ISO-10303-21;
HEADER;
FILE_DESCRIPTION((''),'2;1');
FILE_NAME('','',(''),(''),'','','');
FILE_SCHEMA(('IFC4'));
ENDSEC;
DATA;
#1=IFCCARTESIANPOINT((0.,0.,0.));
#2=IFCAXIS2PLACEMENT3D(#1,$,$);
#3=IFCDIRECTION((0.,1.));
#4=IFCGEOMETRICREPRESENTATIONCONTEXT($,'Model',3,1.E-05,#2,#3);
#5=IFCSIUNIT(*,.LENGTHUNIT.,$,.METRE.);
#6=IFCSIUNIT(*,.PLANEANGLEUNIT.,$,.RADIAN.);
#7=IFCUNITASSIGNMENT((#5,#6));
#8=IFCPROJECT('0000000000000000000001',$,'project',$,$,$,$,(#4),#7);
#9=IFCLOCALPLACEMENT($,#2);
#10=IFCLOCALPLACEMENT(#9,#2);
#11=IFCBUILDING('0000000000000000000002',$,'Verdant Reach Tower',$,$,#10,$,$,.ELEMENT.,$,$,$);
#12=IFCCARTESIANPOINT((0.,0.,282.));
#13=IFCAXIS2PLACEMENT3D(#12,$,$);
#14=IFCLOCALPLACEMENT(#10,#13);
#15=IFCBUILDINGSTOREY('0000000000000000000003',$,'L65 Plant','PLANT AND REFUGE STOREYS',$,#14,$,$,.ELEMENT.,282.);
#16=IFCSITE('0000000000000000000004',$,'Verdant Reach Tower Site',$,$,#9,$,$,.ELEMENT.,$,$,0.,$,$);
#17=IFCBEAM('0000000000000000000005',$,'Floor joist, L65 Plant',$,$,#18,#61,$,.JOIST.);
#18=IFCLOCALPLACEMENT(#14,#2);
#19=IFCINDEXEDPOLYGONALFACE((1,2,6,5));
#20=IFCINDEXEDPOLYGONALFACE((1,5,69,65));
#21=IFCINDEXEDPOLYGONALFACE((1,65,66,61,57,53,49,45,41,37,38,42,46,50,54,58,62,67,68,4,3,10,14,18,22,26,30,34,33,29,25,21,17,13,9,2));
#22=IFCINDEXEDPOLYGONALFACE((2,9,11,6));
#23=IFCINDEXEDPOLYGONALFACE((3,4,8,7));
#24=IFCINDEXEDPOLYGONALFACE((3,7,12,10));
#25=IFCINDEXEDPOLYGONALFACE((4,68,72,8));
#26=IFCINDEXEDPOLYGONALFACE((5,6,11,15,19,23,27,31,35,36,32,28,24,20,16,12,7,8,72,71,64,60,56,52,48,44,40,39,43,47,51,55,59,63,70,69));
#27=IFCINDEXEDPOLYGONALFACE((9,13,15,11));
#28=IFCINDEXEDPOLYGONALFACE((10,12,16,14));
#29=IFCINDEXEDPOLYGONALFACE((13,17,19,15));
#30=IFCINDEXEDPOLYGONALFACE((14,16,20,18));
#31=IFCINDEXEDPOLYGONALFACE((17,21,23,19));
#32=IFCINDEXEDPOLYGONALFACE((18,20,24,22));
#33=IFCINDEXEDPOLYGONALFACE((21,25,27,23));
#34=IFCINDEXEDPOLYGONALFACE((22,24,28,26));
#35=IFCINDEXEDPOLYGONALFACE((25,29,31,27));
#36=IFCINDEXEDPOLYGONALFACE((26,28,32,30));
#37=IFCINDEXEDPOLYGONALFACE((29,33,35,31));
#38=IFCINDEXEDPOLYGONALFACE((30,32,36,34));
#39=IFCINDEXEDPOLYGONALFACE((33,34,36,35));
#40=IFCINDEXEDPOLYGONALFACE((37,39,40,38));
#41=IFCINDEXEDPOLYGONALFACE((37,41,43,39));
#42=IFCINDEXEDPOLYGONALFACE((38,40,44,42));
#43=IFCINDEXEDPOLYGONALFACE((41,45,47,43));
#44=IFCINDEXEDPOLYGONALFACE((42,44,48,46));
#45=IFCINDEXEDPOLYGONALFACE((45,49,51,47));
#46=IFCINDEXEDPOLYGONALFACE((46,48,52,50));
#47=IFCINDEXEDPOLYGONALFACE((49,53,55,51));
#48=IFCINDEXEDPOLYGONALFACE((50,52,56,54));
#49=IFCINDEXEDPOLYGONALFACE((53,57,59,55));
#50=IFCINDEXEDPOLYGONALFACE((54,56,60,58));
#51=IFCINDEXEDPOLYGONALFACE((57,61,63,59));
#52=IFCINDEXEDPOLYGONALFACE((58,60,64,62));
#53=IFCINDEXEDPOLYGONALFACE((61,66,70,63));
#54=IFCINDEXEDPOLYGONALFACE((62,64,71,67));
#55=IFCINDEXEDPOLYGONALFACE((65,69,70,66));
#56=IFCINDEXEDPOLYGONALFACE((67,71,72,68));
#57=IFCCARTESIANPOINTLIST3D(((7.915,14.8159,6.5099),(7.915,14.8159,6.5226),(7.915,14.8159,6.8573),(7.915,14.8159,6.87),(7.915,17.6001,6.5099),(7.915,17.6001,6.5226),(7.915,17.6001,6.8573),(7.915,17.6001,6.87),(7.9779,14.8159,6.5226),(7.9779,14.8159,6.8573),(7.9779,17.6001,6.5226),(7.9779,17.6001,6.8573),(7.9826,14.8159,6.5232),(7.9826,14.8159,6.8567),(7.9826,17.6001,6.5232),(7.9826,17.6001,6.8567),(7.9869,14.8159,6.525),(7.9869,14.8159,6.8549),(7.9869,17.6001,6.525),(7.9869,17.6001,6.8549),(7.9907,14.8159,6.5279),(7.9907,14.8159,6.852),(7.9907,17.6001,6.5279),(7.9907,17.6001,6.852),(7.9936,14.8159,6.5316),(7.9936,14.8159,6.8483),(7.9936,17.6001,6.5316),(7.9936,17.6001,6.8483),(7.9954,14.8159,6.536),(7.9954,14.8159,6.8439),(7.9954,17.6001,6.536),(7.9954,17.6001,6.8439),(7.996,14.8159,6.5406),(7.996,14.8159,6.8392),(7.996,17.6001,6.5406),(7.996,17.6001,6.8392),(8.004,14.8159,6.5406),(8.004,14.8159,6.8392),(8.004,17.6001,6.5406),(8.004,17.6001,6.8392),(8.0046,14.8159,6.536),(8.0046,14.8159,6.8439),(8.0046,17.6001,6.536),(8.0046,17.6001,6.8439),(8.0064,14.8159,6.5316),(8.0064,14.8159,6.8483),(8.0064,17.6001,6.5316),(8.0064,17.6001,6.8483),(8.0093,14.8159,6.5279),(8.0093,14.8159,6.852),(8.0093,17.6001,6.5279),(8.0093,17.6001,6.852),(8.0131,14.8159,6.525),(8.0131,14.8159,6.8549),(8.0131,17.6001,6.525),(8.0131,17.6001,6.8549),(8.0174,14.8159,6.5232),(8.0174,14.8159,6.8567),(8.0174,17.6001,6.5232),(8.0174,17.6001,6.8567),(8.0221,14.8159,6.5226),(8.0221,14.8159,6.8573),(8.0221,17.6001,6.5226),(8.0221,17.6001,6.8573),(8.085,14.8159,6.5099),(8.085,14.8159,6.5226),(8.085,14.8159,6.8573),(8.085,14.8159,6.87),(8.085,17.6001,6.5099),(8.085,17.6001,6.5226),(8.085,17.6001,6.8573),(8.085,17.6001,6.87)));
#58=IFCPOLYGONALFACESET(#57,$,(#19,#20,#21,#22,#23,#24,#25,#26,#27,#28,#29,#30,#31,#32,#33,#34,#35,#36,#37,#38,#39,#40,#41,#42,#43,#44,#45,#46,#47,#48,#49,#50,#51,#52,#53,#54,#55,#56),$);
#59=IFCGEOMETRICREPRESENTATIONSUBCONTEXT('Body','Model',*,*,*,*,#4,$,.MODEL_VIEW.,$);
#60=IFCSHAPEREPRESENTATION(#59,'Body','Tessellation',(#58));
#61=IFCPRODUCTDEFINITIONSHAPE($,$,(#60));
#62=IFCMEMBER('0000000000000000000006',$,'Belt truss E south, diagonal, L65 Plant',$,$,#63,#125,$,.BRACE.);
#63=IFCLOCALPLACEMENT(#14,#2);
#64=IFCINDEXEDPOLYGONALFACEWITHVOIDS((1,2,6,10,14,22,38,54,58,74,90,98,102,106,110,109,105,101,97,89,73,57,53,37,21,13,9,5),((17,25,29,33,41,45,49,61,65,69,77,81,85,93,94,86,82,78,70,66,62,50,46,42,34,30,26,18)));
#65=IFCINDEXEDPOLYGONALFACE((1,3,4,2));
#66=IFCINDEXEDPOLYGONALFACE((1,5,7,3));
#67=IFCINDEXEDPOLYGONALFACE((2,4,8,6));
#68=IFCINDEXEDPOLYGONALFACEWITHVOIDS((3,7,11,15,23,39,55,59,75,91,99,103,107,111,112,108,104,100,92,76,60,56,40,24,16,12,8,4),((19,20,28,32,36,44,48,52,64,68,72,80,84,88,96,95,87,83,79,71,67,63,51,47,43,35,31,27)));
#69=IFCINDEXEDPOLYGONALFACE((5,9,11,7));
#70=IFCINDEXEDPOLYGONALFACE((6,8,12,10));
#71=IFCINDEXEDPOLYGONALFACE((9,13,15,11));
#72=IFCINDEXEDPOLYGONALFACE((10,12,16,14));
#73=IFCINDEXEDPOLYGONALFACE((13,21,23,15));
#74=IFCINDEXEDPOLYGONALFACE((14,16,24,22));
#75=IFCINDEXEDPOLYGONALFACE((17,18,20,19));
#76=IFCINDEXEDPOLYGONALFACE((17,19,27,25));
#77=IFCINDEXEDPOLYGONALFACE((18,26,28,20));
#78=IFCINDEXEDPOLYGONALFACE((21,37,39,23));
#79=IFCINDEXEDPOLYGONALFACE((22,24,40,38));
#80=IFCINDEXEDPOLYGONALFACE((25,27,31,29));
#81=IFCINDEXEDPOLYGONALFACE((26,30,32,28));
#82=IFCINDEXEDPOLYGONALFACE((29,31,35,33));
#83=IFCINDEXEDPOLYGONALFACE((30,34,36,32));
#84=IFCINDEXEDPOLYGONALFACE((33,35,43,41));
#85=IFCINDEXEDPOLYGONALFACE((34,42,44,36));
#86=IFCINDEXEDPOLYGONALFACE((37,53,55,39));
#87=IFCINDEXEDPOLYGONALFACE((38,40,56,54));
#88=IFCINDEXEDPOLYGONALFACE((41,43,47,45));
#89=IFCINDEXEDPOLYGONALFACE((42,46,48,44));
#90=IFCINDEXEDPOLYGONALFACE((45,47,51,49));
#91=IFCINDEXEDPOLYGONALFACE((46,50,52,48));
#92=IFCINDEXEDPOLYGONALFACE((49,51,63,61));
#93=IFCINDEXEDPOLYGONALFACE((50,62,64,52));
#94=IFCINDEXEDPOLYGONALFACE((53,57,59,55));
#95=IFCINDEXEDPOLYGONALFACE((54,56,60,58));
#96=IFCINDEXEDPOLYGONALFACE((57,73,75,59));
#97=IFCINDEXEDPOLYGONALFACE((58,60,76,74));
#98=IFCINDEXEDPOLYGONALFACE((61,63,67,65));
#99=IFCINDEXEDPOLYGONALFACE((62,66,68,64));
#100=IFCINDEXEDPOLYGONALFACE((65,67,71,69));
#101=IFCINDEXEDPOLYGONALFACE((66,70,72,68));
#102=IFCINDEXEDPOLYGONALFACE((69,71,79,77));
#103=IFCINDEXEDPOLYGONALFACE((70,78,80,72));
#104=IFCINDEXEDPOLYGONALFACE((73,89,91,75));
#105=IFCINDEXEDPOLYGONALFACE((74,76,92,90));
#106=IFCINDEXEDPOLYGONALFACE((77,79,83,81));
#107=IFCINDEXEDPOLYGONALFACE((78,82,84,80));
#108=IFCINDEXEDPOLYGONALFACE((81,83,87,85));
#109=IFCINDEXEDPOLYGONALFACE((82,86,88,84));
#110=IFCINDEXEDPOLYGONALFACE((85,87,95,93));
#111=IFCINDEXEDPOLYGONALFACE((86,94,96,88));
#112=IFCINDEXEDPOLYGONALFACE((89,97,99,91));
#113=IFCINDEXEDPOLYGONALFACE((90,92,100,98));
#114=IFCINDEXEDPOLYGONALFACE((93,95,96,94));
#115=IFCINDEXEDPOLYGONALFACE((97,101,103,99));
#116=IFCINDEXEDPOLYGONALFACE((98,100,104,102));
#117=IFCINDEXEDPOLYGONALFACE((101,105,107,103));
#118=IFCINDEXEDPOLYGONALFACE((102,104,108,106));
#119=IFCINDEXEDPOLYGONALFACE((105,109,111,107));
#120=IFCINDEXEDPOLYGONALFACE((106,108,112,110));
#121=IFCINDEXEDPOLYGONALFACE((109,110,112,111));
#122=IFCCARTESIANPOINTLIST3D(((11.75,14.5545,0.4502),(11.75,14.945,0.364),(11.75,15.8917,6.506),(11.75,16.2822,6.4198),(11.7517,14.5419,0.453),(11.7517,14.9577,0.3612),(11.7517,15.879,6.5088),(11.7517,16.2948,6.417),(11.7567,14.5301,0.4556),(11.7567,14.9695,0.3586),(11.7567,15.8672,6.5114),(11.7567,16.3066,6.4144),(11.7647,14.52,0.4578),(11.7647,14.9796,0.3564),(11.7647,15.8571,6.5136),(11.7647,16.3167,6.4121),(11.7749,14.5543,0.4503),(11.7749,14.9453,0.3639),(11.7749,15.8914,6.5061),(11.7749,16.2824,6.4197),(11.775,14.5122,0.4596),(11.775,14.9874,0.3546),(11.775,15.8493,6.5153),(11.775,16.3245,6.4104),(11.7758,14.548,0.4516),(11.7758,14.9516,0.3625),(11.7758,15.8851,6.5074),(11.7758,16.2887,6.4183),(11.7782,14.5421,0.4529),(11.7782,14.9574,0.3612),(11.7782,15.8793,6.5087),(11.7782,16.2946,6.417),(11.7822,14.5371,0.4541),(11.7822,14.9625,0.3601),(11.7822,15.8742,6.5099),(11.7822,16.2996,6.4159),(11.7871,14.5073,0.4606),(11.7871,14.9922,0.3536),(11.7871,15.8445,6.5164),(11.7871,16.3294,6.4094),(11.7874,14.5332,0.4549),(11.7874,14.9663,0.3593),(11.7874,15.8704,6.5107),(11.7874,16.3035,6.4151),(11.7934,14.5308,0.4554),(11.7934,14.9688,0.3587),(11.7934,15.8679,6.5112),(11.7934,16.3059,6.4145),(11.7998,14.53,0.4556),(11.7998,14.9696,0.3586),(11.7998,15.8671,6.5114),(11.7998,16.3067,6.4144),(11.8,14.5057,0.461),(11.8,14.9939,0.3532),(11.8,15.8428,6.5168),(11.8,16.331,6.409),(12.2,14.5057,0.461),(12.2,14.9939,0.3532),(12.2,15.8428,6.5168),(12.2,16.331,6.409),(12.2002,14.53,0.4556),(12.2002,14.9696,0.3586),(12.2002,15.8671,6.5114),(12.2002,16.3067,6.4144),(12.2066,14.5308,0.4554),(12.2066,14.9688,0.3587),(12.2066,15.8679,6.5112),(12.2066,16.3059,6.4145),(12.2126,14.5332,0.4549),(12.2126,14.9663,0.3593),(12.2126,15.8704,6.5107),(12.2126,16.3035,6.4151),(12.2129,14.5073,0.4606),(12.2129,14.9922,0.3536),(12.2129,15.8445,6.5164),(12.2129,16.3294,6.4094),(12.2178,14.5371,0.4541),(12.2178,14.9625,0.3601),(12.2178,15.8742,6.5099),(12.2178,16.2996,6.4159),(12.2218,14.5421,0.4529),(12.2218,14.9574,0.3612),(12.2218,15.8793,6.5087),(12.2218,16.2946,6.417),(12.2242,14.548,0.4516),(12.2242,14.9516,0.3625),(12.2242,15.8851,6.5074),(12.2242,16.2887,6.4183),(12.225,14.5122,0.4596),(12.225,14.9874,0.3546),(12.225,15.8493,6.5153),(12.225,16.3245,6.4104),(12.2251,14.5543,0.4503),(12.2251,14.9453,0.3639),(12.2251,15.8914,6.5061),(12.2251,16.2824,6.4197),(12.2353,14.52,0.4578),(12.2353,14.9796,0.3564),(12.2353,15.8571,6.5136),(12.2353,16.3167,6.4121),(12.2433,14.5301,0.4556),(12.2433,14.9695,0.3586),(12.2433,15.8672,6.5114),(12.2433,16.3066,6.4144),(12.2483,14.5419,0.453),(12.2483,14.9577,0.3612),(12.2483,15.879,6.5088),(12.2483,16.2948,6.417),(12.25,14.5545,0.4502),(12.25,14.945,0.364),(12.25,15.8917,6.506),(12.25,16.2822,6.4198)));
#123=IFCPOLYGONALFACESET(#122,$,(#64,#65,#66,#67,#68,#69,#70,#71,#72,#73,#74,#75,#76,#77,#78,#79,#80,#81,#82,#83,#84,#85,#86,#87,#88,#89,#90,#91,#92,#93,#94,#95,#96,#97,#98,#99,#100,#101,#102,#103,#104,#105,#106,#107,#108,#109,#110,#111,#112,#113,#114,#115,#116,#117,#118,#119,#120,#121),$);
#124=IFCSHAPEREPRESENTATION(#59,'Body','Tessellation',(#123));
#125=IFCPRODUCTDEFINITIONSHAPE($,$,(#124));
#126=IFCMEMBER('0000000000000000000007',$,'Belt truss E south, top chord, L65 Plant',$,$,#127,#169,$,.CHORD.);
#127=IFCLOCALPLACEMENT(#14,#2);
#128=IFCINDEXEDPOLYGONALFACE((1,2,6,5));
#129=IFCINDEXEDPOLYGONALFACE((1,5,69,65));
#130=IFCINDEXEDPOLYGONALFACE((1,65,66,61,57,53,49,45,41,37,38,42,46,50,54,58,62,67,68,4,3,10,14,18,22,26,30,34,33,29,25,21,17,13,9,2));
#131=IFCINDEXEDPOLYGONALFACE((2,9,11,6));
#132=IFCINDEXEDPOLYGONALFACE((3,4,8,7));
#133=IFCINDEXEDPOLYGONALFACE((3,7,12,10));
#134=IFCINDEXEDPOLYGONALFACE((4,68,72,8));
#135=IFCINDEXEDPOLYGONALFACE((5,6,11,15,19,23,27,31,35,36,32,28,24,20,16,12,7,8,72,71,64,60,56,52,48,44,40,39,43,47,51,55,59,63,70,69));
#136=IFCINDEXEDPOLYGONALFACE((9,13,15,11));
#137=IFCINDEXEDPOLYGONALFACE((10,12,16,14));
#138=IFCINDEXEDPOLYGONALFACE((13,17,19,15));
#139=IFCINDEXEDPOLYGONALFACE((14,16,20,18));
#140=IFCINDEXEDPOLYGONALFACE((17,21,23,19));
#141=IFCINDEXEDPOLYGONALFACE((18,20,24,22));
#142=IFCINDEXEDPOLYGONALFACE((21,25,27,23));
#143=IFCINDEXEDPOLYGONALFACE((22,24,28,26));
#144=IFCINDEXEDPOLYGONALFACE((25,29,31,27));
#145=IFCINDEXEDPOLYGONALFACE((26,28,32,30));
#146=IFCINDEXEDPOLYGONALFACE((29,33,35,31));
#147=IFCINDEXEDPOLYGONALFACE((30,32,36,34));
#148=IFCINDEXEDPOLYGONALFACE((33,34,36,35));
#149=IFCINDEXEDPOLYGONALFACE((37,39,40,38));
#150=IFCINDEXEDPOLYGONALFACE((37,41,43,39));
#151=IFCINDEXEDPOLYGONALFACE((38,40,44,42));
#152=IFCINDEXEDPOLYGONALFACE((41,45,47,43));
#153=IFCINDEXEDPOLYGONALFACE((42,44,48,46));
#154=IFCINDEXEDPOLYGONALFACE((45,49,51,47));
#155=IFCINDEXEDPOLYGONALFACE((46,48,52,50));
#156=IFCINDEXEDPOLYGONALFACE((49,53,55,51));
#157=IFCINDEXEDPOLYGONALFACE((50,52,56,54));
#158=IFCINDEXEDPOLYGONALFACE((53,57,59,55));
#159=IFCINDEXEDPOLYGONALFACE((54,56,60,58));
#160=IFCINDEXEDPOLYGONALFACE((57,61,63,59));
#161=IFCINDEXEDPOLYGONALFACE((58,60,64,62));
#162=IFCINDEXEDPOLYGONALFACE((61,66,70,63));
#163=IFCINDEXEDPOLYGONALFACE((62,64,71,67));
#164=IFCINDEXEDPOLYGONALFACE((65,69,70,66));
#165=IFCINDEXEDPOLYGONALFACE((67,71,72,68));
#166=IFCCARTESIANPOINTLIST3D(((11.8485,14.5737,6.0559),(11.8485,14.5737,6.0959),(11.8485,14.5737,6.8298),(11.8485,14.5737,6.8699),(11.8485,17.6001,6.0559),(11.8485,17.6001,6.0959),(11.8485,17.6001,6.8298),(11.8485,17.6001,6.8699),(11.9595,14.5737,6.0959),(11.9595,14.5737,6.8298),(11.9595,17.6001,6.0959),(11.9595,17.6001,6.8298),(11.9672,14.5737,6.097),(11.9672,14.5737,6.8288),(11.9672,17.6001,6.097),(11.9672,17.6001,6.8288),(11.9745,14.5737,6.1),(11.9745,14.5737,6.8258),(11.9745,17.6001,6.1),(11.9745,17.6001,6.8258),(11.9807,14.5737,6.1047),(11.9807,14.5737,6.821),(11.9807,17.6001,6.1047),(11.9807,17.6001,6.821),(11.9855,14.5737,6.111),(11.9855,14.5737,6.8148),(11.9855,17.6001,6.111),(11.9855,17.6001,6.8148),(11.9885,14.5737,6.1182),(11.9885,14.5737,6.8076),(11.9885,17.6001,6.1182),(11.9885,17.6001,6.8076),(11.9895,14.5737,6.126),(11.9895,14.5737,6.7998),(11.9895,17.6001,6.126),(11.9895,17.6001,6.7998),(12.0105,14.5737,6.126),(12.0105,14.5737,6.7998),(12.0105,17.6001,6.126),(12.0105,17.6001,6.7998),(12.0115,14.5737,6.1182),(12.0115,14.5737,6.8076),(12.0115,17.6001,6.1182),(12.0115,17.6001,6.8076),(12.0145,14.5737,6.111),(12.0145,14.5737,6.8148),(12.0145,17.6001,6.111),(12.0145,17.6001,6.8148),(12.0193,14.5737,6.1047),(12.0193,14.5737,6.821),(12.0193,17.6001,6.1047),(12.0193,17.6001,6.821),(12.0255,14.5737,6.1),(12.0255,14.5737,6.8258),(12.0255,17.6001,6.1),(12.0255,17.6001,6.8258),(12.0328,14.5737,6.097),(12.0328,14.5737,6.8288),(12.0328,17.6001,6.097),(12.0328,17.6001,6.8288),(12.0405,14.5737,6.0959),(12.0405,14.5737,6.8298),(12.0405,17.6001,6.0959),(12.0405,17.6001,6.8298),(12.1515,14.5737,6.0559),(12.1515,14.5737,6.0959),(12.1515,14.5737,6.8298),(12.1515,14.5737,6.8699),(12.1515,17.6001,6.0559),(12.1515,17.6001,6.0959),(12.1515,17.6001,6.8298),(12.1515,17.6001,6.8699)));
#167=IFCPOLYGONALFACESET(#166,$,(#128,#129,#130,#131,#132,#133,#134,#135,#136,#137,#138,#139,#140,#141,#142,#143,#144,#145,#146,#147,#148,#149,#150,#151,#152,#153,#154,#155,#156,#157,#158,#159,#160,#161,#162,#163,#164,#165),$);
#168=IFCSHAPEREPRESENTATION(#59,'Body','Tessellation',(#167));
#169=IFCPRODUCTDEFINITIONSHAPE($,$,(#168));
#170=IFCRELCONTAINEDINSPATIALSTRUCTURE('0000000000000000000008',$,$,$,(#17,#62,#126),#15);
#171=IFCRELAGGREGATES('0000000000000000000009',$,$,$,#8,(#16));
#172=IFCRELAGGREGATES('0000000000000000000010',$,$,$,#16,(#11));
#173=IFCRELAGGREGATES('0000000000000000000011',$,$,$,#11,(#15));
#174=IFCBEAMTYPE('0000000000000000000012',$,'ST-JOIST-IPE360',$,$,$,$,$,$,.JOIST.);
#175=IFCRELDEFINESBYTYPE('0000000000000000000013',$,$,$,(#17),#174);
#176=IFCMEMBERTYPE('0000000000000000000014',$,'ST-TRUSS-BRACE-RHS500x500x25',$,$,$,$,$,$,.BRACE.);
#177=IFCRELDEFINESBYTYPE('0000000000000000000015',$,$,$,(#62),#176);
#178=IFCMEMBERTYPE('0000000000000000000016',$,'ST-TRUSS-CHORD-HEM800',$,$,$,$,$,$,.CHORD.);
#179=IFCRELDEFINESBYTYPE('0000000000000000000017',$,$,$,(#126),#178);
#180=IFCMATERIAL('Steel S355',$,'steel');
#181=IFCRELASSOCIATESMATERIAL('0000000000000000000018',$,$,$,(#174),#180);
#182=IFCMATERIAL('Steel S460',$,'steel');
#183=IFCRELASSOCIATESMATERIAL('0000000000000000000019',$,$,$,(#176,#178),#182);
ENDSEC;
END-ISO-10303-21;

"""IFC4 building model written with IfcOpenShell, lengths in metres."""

from ifc_helpers import new_model, si_unit, direction, frame, origin, origin_2d, place, context, subcontext, project, spatial, hollow_rectangle, i_section, extrude, material, material_profile, profile_set, type_object, element, save


model = new_model("IFC4")

# Units and contexts
model_context = context("Model", 3, precision=1e-05, world=origin(), true_north=direction((0.0, 1.0)))
body_context = subcontext(model_context, "Body", "Model", "MODEL_VIEW")
ifc_project = project(units=[si_unit("LENGTHUNIT", "METRE"), si_unit("PLANEANGLEUNIT", "RADIAN")], contexts=[model_context])

# Site, building, storey
site_placement = place(None, origin())
site = spatial("IfcSite", under=ifc_project, at=site_placement, Name="Verdant Reach Tower Site", CompositionType="ELEMENT", RefElevation=0.0)
building_placement = place(site_placement, origin())
building = spatial("IfcBuilding", under=site, at=building_placement, Name="Verdant Reach Tower", CompositionType="ELEMENT")
storey_placement = place(building_placement, frame((0.0, 0.0, 282.0)))
storey = spatial("IfcBuildingStorey", under=building, at=storey_placement, Name="L65 Plant", Description="PLANT AND REFUGE STOREYS", CompositionType="ELEMENT", Elevation=282.0)

# Shared definitions
ifc_material_1 = material(Name="Steel S460", Category="steel")

# Beam
ifc_material_2 = material(Name="Steel S355", Category="steel")
ifc_material_profile_1 = material_profile(ifc_material_2, i_section(OverallWidth=0.1699, OverallDepth=0.3601, WebThickness=0.0081, FlangeThickness=0.0127, FilletRadius=0.0181, at=origin_2d()), Name="IPE 360")
ifc_profile_set_1 = profile_set([ifc_material_profile_1], Name="Steel S355")
beam_type = type_object("IfcBeamType", Name="ST-JOIST-IPE360", PredefinedType="JOIST", material=ifc_profile_set_1)
beam_1_placement = place(storey_placement, frame((8.0, 17.6001, 6.6899), z_axis=(0.0, -1.0, 0.0), x_axis=(1.0, 0.0, 0.0)))
element("IfcBeam", 1, at=beam_1_placement, inside=storey, type_object=beam_type, Name="Floor joist, L65 Plant", PredefinedType="JOIST", context=body_context, shape_type="SweptSolid", body=[
    extrude(i_section(OverallWidth=0.1699, OverallDepth=0.3601, WebThickness=0.0081, FlangeThickness=0.0127, FilletRadius=0.0181, at=origin_2d()), origin(), (0.0, 0.0, 1.0), 2.7842),
])

# Members
ifc_material_profile_2 = material_profile(ifc_material_1, hollow_rectangle(XDim=0.5, YDim=0.5, WallThickness=0.0249, InnerFilletRadius=0.0249, OuterFilletRadius=0.05, at=origin_2d()), Name="RHS 500x500x25")
ifc_profile_set_2 = profile_set([ifc_material_profile_2], Name="Steel S460")
member_type_1 = type_object("IfcMemberType", Name="ST-TRUSS-BRACE-RHS500x500x25", PredefinedType="BRACE", material=ifc_profile_set_2)
member_1_placement = place(storey_placement, frame((12.0, 16.0869, 6.4629), z_axis=(0.0, -0.215609, -0.97648), x_axis=(1.0, 0.0, 0.0)))
element("IfcMember", 2, at=member_1_placement, inside=storey, type_object=member_type_1, Name="Belt truss E south, diagonal, L65 Plant", PredefinedType="BRACE", context=body_context, shape_type="SweptSolid", body=[
    extrude(hollow_rectangle(XDim=0.5, YDim=0.5, WallThickness=0.0249, InnerFilletRadius=0.0249, OuterFilletRadius=0.05, at=origin_2d()), origin(), (0.0, 0.0, 1.0), 6.2017),
])
ifc_material_profile_3 = material_profile(ifc_material_1, i_section(OverallWidth=0.303, OverallDepth=0.814, WebThickness=0.021, FlangeThickness=0.04, FilletRadius=0.03, at=origin_2d()), Name="HEM 800")
ifc_profile_set_3 = profile_set([ifc_material_profile_3], Name="Steel S460")
member_type_2 = type_object("IfcMemberType", Name="ST-TRUSS-CHORD-HEM800", PredefinedType="CHORD", material=ifc_profile_set_3)
member_2_placement = place(storey_placement, frame((12.0, 17.6001, 6.4629), z_axis=(0.0, -1.0, 0.0), x_axis=(1.0, 0.0, 0.0)))
element("IfcMember", 3, at=member_2_placement, inside=storey, type_object=member_type_2, Name="Belt truss E south, top chord, L65 Plant", PredefinedType="CHORD", context=body_context, shape_type="SweptSolid", body=[
    extrude(i_section(OverallWidth=0.303, OverallDepth=0.814, WebThickness=0.021, FlangeThickness=0.04, FilletRadius=0.03, at=origin_2d()), origin(), (0.0, 0.0, 1.0), 3.0264),
])

save(model, "model.ifc")
